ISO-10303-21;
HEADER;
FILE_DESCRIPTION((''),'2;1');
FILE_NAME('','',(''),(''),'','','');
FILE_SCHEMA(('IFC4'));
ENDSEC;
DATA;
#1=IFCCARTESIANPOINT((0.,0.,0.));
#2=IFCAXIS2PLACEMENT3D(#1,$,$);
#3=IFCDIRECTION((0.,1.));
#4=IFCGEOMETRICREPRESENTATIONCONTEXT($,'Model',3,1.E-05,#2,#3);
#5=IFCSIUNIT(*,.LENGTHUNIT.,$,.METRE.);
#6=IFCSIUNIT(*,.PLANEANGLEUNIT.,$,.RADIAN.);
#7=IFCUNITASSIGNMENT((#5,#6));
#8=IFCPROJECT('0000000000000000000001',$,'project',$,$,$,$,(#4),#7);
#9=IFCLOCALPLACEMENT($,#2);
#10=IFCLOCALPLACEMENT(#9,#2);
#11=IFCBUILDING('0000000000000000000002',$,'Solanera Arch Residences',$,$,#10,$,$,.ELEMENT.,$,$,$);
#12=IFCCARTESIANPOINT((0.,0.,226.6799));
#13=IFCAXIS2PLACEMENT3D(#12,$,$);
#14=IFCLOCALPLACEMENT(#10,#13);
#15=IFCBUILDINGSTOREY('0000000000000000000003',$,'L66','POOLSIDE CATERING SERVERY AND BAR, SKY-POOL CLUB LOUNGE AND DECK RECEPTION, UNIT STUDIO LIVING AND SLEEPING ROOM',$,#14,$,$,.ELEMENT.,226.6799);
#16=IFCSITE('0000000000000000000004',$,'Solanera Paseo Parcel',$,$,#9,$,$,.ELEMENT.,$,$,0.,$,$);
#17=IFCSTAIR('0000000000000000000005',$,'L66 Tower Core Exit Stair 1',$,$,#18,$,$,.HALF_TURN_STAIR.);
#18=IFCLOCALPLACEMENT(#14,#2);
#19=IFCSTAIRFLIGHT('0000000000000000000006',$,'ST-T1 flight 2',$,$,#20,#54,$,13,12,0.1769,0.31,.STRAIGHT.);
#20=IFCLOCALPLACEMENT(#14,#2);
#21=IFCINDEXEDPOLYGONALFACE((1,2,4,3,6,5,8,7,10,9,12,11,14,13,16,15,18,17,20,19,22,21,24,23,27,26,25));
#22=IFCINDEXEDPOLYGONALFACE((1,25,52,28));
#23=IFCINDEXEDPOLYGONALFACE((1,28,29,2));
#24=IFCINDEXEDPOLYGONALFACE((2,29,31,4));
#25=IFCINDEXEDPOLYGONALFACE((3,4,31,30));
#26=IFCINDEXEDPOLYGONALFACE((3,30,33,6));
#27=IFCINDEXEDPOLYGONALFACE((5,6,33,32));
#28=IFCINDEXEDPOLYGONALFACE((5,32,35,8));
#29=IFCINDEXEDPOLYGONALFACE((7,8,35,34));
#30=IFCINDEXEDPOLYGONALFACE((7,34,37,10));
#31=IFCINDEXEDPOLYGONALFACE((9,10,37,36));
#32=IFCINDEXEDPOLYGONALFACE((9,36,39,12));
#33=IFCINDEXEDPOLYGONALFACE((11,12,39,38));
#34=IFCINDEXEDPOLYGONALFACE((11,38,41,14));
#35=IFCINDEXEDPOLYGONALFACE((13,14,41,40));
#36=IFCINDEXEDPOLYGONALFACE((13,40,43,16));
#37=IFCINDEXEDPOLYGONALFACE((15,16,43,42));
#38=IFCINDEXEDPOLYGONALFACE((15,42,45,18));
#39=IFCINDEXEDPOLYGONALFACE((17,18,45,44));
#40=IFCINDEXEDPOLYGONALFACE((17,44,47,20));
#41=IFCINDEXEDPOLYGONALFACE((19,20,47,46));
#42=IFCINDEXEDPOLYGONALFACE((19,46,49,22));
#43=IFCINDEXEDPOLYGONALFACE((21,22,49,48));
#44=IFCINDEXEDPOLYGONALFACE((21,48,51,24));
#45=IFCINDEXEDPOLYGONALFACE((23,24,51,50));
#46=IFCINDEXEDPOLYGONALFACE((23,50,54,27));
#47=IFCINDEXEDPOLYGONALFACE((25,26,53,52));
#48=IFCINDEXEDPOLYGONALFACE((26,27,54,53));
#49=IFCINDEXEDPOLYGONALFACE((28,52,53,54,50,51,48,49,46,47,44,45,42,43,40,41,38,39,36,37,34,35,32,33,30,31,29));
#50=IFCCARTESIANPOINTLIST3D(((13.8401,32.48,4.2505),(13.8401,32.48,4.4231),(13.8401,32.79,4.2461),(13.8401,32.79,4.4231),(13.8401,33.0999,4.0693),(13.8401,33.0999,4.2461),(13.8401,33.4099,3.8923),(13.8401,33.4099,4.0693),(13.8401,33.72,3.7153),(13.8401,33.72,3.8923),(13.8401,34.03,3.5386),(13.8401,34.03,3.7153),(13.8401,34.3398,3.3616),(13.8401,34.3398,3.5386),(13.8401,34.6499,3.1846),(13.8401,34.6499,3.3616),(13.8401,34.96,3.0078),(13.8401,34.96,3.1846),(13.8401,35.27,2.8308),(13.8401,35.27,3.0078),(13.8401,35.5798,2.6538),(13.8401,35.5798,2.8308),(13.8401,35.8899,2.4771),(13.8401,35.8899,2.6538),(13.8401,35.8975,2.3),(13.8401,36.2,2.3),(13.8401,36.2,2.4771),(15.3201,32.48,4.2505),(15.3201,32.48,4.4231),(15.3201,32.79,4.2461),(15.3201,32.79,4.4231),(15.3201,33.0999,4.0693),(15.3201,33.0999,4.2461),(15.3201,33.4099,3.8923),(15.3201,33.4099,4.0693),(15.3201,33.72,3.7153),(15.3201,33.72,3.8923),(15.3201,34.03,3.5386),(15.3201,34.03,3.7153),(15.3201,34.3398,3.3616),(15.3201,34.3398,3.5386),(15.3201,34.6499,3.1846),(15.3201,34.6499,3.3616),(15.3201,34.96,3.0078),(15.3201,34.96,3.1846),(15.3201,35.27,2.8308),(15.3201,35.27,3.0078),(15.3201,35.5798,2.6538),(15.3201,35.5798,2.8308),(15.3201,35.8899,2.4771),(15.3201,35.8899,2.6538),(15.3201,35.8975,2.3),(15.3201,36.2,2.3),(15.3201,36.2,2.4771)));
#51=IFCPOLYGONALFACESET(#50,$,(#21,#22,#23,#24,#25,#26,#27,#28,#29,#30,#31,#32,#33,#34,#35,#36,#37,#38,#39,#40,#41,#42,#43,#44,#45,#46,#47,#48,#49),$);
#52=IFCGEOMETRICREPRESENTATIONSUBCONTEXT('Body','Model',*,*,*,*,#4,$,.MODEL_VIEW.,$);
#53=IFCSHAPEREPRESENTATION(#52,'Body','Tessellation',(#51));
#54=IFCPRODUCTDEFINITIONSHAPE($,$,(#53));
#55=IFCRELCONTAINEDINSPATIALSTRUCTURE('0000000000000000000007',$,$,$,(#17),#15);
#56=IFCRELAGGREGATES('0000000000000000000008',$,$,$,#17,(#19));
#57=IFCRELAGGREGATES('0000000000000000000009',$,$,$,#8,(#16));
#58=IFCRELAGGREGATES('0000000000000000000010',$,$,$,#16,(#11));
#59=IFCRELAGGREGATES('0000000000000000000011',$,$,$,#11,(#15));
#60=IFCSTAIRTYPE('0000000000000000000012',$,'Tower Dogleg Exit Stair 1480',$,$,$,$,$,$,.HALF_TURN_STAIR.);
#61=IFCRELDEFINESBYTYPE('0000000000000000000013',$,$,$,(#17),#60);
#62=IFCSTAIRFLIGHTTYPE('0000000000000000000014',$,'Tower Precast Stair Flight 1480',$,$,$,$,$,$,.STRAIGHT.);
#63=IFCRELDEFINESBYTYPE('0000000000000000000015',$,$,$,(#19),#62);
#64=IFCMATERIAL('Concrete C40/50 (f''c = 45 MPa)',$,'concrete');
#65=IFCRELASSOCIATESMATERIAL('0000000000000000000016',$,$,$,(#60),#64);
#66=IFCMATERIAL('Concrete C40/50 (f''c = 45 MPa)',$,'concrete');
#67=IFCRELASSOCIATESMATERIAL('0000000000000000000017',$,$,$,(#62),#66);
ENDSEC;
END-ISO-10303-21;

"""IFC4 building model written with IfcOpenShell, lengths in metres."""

from ifc_helpers import new_model, si_unit, direction, frame, origin, place, context, subcontext, project, spatial, polyline, outline, extrude, material, type_object, element, aggregate, save


model = new_model("IFC4")

# Units and contexts
model_context = context("Model", 3, precision=1e-05, world=origin(), true_north=direction((0.0, 1.0)))
body_context = subcontext(model_context, "Body", "Model", "MODEL_VIEW")
ifc_project = project(units=[si_unit("LENGTHUNIT", "METRE"), si_unit("PLANEANGLEUNIT", "RADIAN")], contexts=[model_context])

# Site, building, storey
site_placement = place(None, origin())
site = spatial("IfcSite", under=ifc_project, at=site_placement, Name="Solanera Paseo Parcel", CompositionType="ELEMENT", RefElevation=0.0)
building_placement = place(site_placement, origin())
building = spatial("IfcBuilding", under=site, at=building_placement, Name="Solanera Arch Residences", CompositionType="ELEMENT")
storey_placement = place(building_placement, frame((0.0, 0.0, 226.6799)))
storey = spatial("IfcBuildingStorey", under=building, at=storey_placement, Name="L66", Description="POOLSIDE CATERING SERVERY AND BAR, SKY-POOL CLUB LOUNGE AND DECK RECEPTION, UNIT STUDIO LIVING AND SLEEPING ROOM", CompositionType="ELEMENT", Elevation=226.6799)

# Stair, stair flight
ifc_material_1 = material(Name="Concrete C40/50 (f'c = 45 MPa)", Category="concrete")
stair_type = type_object("IfcStairType", Name="Tower Dogleg Exit Stair 1480", PredefinedType="HALF_TURN_STAIR", material=ifc_material_1)
stair_placement = place(storey_placement, origin())
stair = element("IfcStair", 1, at=stair_placement, inside=storey, type_object=stair_type, Name="L66 Tower Core Exit Stair 1", PredefinedType="HALF_TURN_STAIR")
ifc_material_2 = material(Name="Concrete C40/50 (f'c = 45 MPa)", Category="concrete")
stair_flight_type = type_object("IfcStairFlightType", Name="Tower Precast Stair Flight 1480", PredefinedType="STRAIGHT", material=ifc_material_2)
stair_flight_placement = place(storey_placement, frame((14.5801, 36.2, 2.3), z_axis=(0.0, 0.0, 1.0), x_axis=(0.0, -1.0, 0.0)))
stair_flight = element("IfcStairFlight", 2, at=stair_flight_placement, type_object=stair_flight_type, Name="ST-T1 flight 2", NumberOfRisers=13, NumberOfTreads=12, PredefinedType="STRAIGHT", RiserHeight=0.1769, TreadLength=0.31, context=body_context, shape_type="SweptSolid", body=[
    extrude(outline(polyline([(0.0, 0.0), (0.0, 0.177), (0.3101, 0.177), (0.3101, 0.3538), (0.6201, 0.3538), (0.6201, 0.5308), (0.9299, 0.5308), (0.9299, 0.7078), (1.24, 0.7078), (1.24, 0.8845), (1.55, 0.8845), (1.55, 1.0615), (1.8601, 1.0615), (1.8601, 1.2385), (2.1699, 1.2385), (2.1699, 1.4153), (2.48, 1.4153), (2.48, 1.5923), (2.79, 1.5923), (2.79, 1.7693), (3.1001, 1.7693), (3.1001, 1.946), (3.4099, 1.946), (3.4099, 2.123), (3.72, 2.123), (3.72, 2.3), (3.72, 1.9504), (0.3025, 0.0), (0.0, 0.0)])), frame((0.0, 0.74, 0.0), z_axis=(0.0, -1.0, 0.0), x_axis=(1.0, 0.0, 0.0)), (0.0, 0.0, 1.0), 1.48),
])
aggregate(stair, [stair_flight])

save(model, "model.ifc")
